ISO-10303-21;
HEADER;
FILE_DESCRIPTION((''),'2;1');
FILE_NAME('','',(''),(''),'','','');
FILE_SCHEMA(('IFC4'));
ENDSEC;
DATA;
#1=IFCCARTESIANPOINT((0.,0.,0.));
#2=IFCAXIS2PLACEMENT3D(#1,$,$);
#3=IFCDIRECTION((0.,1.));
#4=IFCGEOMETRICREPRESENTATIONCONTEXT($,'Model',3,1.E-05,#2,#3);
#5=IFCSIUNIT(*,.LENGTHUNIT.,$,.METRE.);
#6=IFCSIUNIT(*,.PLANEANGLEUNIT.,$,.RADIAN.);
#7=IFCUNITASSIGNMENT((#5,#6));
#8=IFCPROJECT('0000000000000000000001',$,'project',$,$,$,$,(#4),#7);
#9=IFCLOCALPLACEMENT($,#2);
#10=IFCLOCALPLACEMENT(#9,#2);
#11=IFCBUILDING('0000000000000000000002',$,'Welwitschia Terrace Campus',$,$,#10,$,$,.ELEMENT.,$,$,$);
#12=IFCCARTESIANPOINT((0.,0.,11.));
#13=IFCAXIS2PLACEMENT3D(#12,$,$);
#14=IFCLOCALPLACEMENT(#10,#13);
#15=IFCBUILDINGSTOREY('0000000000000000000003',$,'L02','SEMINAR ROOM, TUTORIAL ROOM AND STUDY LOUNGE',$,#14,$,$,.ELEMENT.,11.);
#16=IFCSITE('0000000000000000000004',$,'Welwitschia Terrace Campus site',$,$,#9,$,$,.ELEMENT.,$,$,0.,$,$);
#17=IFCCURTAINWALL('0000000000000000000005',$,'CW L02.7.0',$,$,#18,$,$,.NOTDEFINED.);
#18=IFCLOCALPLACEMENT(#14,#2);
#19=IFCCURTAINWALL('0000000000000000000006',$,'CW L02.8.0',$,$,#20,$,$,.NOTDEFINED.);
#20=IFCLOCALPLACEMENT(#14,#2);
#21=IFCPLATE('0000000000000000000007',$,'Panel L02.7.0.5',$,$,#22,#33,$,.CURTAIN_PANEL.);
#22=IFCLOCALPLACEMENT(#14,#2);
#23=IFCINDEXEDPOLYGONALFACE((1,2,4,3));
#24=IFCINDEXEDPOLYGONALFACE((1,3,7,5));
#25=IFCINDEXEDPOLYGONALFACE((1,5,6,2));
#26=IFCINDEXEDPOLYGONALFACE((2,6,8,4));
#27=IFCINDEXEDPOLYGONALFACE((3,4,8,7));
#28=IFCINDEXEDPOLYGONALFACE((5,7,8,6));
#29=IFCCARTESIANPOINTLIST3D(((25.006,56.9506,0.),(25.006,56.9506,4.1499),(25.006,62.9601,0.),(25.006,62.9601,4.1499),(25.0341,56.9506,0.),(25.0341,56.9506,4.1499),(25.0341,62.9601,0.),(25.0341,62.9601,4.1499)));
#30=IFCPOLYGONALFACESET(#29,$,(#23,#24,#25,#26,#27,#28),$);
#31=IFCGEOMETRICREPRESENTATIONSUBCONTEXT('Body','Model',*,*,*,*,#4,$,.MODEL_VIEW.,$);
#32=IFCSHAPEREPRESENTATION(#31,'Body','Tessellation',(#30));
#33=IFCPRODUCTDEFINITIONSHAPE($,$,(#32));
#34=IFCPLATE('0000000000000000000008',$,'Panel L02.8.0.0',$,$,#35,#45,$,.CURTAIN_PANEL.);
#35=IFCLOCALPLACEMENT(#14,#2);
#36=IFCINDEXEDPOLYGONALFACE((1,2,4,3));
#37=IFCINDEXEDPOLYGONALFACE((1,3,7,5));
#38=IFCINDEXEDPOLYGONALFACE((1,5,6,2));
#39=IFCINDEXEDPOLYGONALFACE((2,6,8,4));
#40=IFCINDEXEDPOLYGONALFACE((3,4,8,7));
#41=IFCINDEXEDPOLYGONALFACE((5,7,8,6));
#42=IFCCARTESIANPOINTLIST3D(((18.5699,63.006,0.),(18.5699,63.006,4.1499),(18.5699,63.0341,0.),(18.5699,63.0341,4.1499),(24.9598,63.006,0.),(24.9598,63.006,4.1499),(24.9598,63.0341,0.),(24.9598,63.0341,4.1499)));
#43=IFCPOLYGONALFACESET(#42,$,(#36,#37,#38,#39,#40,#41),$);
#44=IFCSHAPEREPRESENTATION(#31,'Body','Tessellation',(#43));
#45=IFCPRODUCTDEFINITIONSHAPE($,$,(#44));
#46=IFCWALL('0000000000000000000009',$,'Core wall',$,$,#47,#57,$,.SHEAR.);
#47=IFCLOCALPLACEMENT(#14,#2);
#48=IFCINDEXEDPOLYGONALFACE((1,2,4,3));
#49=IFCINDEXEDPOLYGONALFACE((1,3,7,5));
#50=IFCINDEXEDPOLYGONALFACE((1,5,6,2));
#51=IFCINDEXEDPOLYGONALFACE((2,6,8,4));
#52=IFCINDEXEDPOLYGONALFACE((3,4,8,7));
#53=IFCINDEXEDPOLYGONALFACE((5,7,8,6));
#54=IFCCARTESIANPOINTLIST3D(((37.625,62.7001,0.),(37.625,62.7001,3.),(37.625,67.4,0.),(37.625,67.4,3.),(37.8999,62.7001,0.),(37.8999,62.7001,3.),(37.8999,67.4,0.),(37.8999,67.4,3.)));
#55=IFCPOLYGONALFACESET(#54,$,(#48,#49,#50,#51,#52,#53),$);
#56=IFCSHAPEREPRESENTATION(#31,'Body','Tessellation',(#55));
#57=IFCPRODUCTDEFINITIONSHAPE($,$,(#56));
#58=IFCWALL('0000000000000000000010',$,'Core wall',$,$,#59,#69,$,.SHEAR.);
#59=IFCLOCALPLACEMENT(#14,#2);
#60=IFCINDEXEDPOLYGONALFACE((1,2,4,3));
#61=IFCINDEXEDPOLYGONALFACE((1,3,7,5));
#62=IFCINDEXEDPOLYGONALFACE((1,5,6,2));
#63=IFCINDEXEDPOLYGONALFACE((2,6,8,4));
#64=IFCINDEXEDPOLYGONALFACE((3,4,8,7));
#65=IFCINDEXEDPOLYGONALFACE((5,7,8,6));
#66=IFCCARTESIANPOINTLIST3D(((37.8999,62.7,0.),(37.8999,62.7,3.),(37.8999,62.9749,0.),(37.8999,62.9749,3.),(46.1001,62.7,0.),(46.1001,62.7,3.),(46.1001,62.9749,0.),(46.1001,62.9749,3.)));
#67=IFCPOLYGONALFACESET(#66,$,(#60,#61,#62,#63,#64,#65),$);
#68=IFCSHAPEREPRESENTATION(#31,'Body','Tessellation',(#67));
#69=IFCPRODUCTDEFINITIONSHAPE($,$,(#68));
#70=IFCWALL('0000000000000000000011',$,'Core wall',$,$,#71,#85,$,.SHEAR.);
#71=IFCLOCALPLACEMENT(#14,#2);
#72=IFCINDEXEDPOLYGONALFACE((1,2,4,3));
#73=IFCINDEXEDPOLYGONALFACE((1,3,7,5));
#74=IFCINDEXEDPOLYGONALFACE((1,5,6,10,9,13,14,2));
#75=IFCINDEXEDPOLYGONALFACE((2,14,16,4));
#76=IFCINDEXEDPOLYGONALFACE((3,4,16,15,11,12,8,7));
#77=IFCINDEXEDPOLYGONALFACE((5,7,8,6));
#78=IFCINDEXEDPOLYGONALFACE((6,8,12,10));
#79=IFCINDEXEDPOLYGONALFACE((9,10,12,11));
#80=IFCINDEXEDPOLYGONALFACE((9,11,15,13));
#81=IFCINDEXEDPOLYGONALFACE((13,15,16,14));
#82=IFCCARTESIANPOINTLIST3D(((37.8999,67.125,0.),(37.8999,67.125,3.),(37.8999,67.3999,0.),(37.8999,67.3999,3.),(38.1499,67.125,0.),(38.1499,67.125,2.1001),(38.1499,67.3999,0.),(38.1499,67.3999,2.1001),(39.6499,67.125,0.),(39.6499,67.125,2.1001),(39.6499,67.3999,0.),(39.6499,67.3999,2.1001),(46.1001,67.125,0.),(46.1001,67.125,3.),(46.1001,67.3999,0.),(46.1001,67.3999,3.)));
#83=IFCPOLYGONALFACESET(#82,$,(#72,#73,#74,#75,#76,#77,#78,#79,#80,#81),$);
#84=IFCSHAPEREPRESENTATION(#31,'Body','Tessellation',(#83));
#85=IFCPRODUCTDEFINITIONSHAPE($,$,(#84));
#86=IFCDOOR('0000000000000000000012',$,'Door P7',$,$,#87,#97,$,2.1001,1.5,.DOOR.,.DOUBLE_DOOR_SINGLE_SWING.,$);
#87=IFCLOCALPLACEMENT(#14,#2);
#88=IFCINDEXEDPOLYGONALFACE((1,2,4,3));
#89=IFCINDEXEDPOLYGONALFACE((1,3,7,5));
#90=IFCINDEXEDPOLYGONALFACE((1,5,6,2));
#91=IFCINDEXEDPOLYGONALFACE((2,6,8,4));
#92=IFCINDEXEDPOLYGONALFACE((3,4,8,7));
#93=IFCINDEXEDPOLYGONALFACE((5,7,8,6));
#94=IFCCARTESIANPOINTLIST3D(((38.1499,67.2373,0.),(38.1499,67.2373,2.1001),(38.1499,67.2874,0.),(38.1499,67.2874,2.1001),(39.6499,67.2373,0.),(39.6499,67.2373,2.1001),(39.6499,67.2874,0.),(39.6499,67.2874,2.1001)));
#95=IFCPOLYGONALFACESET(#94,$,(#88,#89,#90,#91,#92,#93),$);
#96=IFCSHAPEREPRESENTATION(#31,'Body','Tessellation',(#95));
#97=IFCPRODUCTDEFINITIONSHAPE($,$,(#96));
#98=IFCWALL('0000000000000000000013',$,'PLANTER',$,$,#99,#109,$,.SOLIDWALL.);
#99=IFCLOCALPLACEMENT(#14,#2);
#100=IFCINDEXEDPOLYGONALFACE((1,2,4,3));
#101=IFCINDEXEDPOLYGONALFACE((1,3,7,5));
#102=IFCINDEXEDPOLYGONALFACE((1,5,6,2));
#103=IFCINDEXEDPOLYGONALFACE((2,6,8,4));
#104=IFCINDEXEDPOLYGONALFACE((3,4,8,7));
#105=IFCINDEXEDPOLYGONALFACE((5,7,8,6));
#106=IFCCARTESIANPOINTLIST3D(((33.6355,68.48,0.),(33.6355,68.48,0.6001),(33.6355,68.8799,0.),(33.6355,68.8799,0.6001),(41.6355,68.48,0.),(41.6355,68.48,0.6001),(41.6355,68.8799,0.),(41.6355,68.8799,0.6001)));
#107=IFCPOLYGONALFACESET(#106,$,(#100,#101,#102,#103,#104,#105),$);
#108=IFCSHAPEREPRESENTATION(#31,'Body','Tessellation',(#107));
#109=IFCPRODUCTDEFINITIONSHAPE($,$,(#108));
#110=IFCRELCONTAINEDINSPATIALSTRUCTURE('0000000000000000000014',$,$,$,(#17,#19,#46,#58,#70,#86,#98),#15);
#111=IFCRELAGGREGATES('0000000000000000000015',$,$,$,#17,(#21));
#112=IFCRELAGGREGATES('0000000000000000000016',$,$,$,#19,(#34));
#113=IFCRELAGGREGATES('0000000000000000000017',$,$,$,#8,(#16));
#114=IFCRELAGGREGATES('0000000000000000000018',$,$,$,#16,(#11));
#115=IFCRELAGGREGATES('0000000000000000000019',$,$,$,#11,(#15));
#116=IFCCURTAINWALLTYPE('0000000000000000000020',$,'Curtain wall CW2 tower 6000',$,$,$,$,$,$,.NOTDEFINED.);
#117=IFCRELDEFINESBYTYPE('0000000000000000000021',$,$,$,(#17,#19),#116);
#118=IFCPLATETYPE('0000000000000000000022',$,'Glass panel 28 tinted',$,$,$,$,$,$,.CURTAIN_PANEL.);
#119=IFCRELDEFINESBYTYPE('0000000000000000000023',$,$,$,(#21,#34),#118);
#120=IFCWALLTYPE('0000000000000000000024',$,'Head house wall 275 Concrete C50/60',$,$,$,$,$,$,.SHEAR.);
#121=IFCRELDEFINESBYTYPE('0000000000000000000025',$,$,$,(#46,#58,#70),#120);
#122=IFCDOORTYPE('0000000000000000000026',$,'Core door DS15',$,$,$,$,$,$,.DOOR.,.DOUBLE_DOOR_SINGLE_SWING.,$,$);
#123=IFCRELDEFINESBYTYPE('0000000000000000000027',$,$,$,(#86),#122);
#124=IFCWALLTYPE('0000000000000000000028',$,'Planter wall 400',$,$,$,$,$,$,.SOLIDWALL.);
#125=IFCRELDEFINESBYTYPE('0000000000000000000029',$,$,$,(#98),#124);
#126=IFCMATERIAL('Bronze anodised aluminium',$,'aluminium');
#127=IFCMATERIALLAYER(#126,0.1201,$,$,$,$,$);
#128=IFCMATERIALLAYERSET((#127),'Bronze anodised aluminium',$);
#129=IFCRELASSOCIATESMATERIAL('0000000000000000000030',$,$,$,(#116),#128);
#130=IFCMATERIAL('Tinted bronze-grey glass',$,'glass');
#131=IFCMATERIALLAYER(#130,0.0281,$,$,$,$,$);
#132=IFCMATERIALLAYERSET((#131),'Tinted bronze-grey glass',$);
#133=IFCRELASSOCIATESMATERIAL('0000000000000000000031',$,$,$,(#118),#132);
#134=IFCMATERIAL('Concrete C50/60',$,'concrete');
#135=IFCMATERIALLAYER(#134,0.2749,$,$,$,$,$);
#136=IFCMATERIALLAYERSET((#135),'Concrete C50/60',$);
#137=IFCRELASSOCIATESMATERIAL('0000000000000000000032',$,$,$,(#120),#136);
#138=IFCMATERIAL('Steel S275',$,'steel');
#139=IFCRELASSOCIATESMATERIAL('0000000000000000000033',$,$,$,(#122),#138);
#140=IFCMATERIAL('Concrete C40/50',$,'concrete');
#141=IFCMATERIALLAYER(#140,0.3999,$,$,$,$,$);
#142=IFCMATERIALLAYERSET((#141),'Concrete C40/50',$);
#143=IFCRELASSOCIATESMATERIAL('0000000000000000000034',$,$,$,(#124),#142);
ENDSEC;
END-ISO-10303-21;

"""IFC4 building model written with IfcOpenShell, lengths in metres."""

from ifc_helpers import new_model, si_unit, direction, frame, frame_2d, origin, origin_2d, place, context, subcontext, project, spatial, rectangle, extrude, material, layer, layer_set, type_object, element, fill, aggregate, save


model = new_model("IFC4")

# Units and contexts
model_context = context("Model", 3, precision=1e-05, world=origin(), true_north=direction((0.0, 1.0)))
body_context = subcontext(model_context, "Body", "Model", "MODEL_VIEW")
ifc_project = project(units=[si_unit("LENGTHUNIT", "METRE"), si_unit("PLANEANGLEUNIT", "RADIAN")], contexts=[model_context])

# Site, building, storey
site_placement = place(None, origin())
site = spatial("IfcSite", under=ifc_project, at=site_placement, Name="Welwitschia Terrace Campus site", CompositionType="ELEMENT", RefElevation=0.0)
building_placement = place(site_placement, origin())
building = spatial("IfcBuilding", under=site, at=building_placement, Name="Welwitschia Terrace Campus", CompositionType="ELEMENT")
storey_placement = place(building_placement, frame((0.0, 0.0, 11.0)))
storey = spatial("IfcBuildingStorey", under=building, at=storey_placement, Name="L02", Description="SEMINAR ROOM, TUTORIAL ROOM AND STUDY LOUNGE", CompositionType="ELEMENT", Elevation=11.0)

# Curtain wall
ifc_material_1 = material(Name="Bronze anodised aluminium", Category="aluminium")
ifc_layer_1 = layer(ifc_material_1, 0.1201)
ifc_layer_set_1 = layer_set([ifc_layer_1], Name="Bronze anodised aluminium")
curtain_wall_type = type_object("IfcCurtainWallType", Name="Curtain wall CW2 tower 6000", PredefinedType="NOTDEFINED", material=ifc_layer_set_1)
curtain_wall_1_placement = place(storey_placement, origin())
curtain_wall_1 = element("IfcCurtainWall", 1, at=curtain_wall_1_placement, inside=storey, type_object=curtain_wall_type, Name="CW L02.7.0", PredefinedType="NOTDEFINED")

# Curtain wall
curtain_wall_2_placement = place(storey_placement, origin())
curtain_wall_2 = element("IfcCurtainWall", 2, at=curtain_wall_2_placement, inside=storey, type_object=curtain_wall_type, Name="CW L02.8.0", PredefinedType="NOTDEFINED")

# Plates
ifc_material_2 = material(Name="Tinted bronze-grey glass", Category="glass")
ifc_layer_2 = layer(ifc_material_2, 0.0281)
ifc_layer_set_2 = layer_set([ifc_layer_2], Name="Tinted bronze-grey glass")
plate_type = type_object("IfcPlateType", Name="Glass panel 28 tinted", PredefinedType="CURTAIN_PANEL", material=ifc_layer_set_2)
plate_1_placement = place(storey_placement, frame((25.02, 59.9553, 0.0), z_axis=(0.0, 0.0, 1.0), x_axis=(0.0, 1.0, 0.0)))
plate_1 = element("IfcPlate", 3, at=plate_1_placement, type_object=plate_type, Name="Panel L02.7.0.5", PredefinedType="CURTAIN_PANEL", context=body_context, shape_type="SweptSolid", body=[
    extrude(rectangle(XDim=6.0095, YDim=0.0281, at=origin_2d()), origin(), (0.0, 0.0, 1.0), 4.1499),
])
aggregate(curtain_wall_1, [plate_1])
plate_2_placement = place(storey_placement, frame((21.7649, 63.02, 0.0), z_axis=(0.0, 0.0, 1.0), x_axis=(-1.0, 0.0, 0.0)))
plate_2 = element("IfcPlate", 4, at=plate_2_placement, type_object=plate_type, Name="Panel L02.8.0.0", PredefinedType="CURTAIN_PANEL", context=body_context, shape_type="SweptSolid", body=[
    extrude(rectangle(XDim=6.3899, YDim=0.0281, at=origin_2d()), origin(), (0.0, 0.0, 1.0), 4.1499),
])
aggregate(curtain_wall_2, [plate_2])

# Walls
ifc_material_3 = material(Name="Concrete C50/60", Category="concrete")
ifc_layer_3 = layer(ifc_material_3, 0.2749)
ifc_layer_set_3 = layer_set([ifc_layer_3], Name="Concrete C50/60")
wall_type_1 = type_object("IfcWallType", Name="Head house wall 275 Concrete C50/60", PredefinedType="SHEAR", material=ifc_layer_set_3)
wall_1_placement = place(storey_placement, frame((37.7625, 62.7, 0.0), z_axis=(0.0, 0.0, 1.0), x_axis=(0.0, 1.0, 0.0)))
element("IfcWall", 5, at=wall_1_placement, inside=storey, type_object=wall_type_1, Name="Core wall", PredefinedType="SHEAR", context=body_context, shape_type="SweptSolid", body=[
    extrude(rectangle(XDim=4.7, YDim=0.2749, at=frame_2d((2.3501, 0.0))), origin(), (0.0, 0.0, 1.0), 3.0),
])
wall_2_placement = place(storey_placement, frame((37.8999, 62.8374, 0.0), z_axis=(0.0, 0.0, 1.0), x_axis=(1.0, 0.0, 0.0)))
element("IfcWall", 6, at=wall_2_placement, inside=storey, type_object=wall_type_1, Name="Core wall", PredefinedType="SHEAR", context=body_context, shape_type="SweptSolid", body=[
    extrude(rectangle(XDim=8.2002, YDim=0.2749, at=frame_2d((4.1001, 0.0))), origin(), (0.0, 0.0, 1.0), 3.0),
])

# Wall, opening, door
wall_3_placement = place(storey_placement, frame((37.8999, 67.2625, 0.0), z_axis=(0.0, 0.0, 1.0), x_axis=(1.0, 0.0, 0.0)))
wall_3 = element("IfcWall", 7, at=wall_3_placement, inside=storey, type_object=wall_type_1, Name="Core wall", PredefinedType="SHEAR", context=body_context, shape_type="SweptSolid", body=[
    extrude(rectangle(XDim=8.2002, YDim=0.2749, at=frame_2d((4.1001, 0.0))), origin(), (0.0, 0.0, 1.0), 3.0),
])
opening_placement = place(wall_3_placement, frame((0.25, 0.0, 0.0)))
opening = element("IfcOpeningElement", 8, at=opening_placement, cuts=wall_3, PredefinedType="OPENING", context=body_context, shape_type="SweptSolid", body=[
    extrude(rectangle(XDim=1.5, YDim=2.1001, at=frame_2d((0.75, 1.05))), frame((0.0, 0.1475, 0.0), z_axis=(0.0, -1.0, 0.0), x_axis=(1.0, 0.0, 0.0)), (0.0, 0.0, 1.0), 0.2949),
])
ifc_material_4 = material(Name="Steel S275", Category="steel")
door_type = type_object("IfcDoorType", Name="Core door DS15", OperationType="DOUBLE_DOOR_SINGLE_SWING", PredefinedType="DOOR", material=ifc_material_4)
door_placement = place(opening_placement, origin())
door = element("IfcDoor", 9, at=door_placement, inside=storey, type_object=door_type, Name="Door P7", OperationType="DOUBLE_DOOR_SINGLE_SWING", OverallHeight=2.1001, OverallWidth=1.5, PredefinedType="DOOR", context=body_context, shape_type="SweptSolid", body=[
    extrude(rectangle(XDim=1.5, YDim=2.1001, at=frame_2d((0.75, 1.05))), frame((0.0, 0.0249, 0.0), z_axis=(0.0, -1.0, 0.0), x_axis=(1.0, 0.0, 0.0)), (0.0, 0.0, 1.0), 0.05),
])
fill(opening, door)

# Wall
ifc_material_5 = material(Name="Concrete C40/50", Category="concrete")
ifc_layer_4 = layer(ifc_material_5, 0.3999)
ifc_layer_set_4 = layer_set([ifc_layer_4], Name="Concrete C40/50")
wall_type_2 = type_object("IfcWallType", Name="Planter wall 400", PredefinedType="SOLIDWALL", material=ifc_layer_set_4)
wall_4_placement = place(storey_placement, frame((33.6355, 68.6799, 0.0), z_axis=(0.0, 0.0, 1.0), x_axis=(1.0, 0.0, 0.0)))
element("IfcWall", 10, at=wall_4_placement, inside=storey, type_object=wall_type_2, Name="PLANTER", PredefinedType="SOLIDWALL", context=body_context, shape_type="SweptSolid", body=[
    extrude(rectangle(XDim=8.0, YDim=0.3999, at=frame_2d((4.0, 0.0))), origin(), (0.0, 0.0, 1.0), 0.6001),
])

save(model, "model.ifc")
